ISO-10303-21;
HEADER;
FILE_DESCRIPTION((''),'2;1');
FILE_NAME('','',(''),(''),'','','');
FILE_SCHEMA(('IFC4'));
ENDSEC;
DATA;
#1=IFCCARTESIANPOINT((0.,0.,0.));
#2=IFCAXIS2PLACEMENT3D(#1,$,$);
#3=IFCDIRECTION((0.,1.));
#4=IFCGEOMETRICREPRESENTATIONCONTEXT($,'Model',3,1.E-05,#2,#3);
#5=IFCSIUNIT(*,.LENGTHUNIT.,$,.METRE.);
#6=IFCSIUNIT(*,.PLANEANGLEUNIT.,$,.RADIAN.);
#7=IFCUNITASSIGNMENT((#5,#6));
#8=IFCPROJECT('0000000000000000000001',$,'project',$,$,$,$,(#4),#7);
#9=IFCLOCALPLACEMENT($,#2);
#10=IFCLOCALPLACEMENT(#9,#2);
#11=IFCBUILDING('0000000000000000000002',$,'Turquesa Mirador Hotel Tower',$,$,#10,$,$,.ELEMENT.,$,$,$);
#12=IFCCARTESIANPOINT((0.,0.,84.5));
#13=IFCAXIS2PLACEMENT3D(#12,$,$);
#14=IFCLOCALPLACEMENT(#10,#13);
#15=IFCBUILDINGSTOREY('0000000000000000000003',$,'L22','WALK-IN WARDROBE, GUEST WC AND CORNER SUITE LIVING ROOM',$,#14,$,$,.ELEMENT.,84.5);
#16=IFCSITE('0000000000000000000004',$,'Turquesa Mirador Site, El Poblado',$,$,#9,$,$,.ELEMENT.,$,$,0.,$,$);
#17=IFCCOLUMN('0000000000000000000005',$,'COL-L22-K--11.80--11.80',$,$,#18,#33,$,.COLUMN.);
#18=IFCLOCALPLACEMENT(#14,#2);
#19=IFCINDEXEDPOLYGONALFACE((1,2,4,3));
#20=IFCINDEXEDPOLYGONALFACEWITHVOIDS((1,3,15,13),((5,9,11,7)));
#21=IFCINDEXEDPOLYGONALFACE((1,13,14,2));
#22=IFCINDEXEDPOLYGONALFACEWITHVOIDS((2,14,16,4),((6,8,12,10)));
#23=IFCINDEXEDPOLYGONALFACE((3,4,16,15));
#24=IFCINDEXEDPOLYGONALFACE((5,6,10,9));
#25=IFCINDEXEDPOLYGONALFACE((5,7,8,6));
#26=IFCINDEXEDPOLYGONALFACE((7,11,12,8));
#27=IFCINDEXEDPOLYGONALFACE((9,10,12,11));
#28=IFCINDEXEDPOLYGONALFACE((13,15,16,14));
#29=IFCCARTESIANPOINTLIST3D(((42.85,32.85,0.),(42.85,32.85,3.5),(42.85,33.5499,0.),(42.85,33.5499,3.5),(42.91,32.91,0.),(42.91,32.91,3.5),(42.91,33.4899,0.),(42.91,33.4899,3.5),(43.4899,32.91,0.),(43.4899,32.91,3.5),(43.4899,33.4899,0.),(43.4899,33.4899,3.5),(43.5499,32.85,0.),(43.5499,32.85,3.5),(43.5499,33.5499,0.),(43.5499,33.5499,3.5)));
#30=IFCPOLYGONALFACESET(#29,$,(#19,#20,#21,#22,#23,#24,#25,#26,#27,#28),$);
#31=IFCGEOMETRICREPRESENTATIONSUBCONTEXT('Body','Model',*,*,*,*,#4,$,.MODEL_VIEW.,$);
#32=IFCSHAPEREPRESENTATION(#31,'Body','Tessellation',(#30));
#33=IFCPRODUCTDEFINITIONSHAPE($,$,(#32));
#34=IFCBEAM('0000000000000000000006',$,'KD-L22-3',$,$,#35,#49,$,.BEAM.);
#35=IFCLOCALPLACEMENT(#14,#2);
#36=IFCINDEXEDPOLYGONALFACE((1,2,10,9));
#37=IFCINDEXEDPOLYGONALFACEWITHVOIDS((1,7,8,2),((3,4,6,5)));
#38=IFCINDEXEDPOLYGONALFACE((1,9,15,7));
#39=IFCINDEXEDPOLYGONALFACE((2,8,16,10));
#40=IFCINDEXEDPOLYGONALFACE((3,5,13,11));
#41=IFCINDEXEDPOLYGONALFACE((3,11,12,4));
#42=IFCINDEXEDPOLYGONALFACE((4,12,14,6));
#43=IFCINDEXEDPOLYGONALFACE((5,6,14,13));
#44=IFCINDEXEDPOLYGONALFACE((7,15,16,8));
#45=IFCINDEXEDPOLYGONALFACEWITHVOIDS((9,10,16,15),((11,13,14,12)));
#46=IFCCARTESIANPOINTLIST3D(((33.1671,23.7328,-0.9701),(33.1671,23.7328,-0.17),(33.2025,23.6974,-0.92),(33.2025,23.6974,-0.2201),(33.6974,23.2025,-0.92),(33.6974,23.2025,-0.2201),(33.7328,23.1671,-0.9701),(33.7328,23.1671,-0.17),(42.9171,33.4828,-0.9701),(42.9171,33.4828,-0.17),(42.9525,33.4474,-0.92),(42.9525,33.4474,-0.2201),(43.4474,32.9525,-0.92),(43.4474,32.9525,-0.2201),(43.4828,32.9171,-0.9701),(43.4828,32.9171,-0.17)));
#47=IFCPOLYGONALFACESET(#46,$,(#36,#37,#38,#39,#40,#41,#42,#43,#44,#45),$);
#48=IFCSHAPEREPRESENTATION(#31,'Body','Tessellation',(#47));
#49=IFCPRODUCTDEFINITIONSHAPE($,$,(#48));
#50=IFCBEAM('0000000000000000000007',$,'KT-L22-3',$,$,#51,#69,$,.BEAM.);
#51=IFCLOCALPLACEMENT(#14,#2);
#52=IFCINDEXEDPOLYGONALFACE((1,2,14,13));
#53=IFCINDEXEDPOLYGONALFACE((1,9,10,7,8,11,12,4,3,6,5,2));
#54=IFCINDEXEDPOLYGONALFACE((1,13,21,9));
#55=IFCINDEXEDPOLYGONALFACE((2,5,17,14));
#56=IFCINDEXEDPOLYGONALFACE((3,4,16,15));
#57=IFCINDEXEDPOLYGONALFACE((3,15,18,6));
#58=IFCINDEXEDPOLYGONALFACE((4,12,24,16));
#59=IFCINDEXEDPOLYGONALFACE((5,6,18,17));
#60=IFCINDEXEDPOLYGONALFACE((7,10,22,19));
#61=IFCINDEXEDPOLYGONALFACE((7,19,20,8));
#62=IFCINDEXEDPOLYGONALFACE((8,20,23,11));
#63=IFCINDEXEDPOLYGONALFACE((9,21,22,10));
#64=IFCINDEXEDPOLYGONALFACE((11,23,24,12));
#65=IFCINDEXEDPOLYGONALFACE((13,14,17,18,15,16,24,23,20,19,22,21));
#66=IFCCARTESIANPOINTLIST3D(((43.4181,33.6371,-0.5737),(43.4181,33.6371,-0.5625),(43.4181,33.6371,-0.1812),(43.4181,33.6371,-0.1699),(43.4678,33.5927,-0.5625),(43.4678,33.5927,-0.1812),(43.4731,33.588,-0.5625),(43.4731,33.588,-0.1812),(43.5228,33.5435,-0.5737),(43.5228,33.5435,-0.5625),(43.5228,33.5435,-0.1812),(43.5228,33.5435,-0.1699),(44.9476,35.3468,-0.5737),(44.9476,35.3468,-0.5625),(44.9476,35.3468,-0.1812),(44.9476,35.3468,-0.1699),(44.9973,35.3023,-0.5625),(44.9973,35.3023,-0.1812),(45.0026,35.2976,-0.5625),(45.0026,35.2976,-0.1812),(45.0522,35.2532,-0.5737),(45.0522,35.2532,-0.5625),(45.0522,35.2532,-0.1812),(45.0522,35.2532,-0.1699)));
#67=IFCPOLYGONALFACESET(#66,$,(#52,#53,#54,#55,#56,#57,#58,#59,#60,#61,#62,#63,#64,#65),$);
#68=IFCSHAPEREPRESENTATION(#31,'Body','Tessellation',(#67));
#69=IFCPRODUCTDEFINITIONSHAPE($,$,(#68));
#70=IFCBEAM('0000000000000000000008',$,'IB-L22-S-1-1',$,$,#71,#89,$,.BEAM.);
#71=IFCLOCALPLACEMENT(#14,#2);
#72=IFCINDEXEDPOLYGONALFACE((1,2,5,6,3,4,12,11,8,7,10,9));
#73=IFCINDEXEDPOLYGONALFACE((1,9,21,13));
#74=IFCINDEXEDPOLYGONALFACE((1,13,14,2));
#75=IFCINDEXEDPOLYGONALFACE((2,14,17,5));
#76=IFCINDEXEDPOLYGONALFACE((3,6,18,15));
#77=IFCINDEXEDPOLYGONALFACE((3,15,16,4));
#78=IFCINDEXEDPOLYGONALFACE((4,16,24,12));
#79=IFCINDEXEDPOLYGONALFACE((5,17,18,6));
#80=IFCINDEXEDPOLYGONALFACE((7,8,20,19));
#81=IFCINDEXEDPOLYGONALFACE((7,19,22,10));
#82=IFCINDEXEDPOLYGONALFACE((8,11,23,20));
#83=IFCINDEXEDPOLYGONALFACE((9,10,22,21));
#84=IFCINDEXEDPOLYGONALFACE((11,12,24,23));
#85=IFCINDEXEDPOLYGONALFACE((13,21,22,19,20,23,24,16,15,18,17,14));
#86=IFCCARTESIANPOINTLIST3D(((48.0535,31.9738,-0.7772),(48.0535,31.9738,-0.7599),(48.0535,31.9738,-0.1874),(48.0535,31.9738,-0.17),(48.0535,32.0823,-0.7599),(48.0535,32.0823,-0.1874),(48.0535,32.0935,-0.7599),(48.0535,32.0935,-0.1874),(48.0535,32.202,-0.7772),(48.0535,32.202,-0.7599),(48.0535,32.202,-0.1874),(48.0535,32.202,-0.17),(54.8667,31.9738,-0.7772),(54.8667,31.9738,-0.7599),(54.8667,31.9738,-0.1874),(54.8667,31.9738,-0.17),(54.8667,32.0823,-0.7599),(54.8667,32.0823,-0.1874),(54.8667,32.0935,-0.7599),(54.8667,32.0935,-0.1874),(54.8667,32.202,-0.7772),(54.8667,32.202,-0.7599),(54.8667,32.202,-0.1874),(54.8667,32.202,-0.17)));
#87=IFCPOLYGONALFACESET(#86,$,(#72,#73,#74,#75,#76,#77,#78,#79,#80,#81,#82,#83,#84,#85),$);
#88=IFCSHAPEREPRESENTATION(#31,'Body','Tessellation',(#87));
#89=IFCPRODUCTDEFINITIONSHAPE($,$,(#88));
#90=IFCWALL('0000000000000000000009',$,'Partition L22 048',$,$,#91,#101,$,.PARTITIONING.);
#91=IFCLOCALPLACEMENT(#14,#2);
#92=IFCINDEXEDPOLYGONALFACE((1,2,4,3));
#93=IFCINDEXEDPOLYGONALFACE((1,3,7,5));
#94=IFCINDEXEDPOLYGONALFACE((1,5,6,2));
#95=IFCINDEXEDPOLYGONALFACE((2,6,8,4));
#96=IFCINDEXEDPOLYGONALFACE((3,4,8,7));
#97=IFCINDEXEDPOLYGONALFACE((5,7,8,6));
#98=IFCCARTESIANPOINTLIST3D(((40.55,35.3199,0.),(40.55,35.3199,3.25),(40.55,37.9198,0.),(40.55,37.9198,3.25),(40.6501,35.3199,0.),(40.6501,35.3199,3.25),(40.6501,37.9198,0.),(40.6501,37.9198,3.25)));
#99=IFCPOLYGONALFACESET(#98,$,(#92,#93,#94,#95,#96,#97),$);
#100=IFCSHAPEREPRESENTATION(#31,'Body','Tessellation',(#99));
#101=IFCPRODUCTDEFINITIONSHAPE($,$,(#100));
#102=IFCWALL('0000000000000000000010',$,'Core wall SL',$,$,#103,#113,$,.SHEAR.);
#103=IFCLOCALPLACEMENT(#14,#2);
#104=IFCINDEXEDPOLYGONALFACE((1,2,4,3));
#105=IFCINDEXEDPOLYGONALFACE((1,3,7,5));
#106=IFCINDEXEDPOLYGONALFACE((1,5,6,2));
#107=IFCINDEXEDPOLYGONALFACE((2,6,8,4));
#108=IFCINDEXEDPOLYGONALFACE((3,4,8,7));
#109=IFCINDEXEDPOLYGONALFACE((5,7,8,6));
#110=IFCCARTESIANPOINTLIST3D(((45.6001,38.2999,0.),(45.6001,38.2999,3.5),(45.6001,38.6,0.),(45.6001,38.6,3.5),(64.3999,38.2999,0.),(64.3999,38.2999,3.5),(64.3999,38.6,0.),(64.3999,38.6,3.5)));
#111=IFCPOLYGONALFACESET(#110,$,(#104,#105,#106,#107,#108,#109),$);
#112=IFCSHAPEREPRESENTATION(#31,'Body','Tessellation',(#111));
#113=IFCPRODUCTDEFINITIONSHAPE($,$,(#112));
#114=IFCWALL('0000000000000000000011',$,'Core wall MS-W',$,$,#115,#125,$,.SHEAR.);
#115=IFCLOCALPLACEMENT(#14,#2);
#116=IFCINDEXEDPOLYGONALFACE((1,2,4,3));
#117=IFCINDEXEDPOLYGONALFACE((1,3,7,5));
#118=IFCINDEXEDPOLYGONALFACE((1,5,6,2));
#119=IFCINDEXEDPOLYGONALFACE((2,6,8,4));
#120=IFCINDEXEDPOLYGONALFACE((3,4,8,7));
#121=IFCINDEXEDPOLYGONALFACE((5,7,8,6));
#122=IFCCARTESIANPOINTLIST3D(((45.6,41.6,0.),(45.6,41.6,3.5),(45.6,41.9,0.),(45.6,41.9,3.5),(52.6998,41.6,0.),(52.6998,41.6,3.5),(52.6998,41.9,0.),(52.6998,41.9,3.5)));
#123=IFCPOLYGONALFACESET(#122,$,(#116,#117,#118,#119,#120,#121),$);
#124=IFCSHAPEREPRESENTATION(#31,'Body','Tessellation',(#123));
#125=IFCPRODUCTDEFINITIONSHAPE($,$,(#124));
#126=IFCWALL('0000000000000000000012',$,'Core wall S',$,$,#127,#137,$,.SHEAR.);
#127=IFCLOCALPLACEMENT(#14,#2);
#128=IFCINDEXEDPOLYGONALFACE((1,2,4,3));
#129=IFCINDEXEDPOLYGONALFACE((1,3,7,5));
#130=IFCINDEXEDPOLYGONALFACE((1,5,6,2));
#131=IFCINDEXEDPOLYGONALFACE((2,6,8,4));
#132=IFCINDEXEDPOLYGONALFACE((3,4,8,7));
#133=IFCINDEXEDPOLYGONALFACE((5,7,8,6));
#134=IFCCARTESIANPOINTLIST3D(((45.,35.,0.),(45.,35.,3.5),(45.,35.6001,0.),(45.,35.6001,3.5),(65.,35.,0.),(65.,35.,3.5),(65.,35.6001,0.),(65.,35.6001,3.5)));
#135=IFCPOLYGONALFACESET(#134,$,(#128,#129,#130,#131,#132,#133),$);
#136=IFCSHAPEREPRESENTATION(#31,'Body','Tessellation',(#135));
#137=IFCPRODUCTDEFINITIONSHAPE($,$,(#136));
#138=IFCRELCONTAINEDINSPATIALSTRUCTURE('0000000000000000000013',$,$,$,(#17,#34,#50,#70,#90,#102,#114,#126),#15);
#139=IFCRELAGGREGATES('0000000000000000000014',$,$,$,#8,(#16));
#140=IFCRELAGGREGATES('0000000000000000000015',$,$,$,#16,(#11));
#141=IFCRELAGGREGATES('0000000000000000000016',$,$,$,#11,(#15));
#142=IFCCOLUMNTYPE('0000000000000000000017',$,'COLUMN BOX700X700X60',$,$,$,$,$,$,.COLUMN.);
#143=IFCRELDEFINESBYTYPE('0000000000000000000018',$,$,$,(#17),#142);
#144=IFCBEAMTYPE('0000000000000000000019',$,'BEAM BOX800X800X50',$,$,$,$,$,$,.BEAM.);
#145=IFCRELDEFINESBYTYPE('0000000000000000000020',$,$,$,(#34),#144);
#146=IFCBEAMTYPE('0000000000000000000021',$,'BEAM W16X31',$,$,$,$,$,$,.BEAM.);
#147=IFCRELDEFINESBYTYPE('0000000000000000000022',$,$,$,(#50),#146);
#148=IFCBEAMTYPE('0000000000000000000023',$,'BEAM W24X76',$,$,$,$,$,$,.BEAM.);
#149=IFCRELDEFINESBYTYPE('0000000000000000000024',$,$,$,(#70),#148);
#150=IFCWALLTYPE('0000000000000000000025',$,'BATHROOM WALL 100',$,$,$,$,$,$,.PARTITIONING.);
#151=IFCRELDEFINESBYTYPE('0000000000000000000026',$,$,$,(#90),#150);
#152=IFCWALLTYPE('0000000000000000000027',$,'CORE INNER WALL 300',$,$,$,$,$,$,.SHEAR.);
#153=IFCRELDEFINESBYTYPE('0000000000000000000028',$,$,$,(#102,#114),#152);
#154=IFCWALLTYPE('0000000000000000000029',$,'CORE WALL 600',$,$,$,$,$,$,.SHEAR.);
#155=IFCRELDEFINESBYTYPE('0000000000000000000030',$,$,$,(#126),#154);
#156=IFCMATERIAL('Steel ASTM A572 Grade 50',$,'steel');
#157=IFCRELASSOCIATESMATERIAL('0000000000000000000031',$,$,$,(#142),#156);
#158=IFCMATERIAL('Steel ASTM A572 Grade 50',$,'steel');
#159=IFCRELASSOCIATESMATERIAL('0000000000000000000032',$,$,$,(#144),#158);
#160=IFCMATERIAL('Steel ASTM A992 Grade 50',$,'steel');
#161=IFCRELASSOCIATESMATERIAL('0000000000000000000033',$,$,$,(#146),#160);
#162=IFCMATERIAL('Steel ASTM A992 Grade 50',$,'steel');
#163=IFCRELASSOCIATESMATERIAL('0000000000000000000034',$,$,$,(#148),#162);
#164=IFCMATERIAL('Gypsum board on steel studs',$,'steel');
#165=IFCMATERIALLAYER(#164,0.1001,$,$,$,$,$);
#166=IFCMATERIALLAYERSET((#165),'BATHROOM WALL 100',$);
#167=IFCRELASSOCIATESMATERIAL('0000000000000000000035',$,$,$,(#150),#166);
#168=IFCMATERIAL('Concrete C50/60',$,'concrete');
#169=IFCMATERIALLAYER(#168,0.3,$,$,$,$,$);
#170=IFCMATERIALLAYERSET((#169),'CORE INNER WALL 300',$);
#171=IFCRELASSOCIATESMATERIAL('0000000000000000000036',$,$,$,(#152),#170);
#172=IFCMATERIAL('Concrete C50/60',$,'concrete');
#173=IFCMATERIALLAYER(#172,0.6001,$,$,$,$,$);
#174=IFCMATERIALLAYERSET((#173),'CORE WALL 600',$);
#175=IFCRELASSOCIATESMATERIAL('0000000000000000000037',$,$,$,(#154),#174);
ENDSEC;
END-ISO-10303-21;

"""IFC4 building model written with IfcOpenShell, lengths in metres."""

from ifc_helpers import new_model, si_unit, direction, frame, frame_2d, origin, origin_2d, place, context, subcontext, project, spatial, rectangle, hollow_rectangle, i_section, extrude, material, layer, layer_set, material_profile, profile_set, type_object, element, save


model = new_model("IFC4")

# Units and contexts
model_context = context("Model", 3, precision=1e-05, world=origin(), true_north=direction((0.0, 1.0)))
body_context = subcontext(model_context, "Body", "Model", "MODEL_VIEW")
ifc_project = project(units=[si_unit("LENGTHUNIT", "METRE"), si_unit("PLANEANGLEUNIT", "RADIAN")], contexts=[model_context])

# Site, building, storey
site_placement = place(None, origin())
site = spatial("IfcSite", under=ifc_project, at=site_placement, Name="Turquesa Mirador Site, El Poblado", CompositionType="ELEMENT", RefElevation=0.0)
building_placement = place(site_placement, origin())
building = spatial("IfcBuilding", under=site, at=building_placement, Name="Turquesa Mirador Hotel Tower", CompositionType="ELEMENT")
storey_placement = place(building_placement, frame((0.0, 0.0, 84.5)))
storey = spatial("IfcBuildingStorey", under=building, at=storey_placement, Name="L22", Description="WALK-IN WARDROBE, GUEST WC AND CORNER SUITE LIVING ROOM", CompositionType="ELEMENT", Elevation=84.5)

# Column
ifc_material_1 = material(Name="Steel ASTM A572 Grade 50", Category="steel")
ifc_material_profile_1 = material_profile(ifc_material_1, hollow_rectangle(XDim=0.7, YDim=0.7, WallThickness=0.0601, at=origin_2d()), Name="BOX700X700X60")
ifc_profile_set_1 = profile_set([ifc_material_profile_1], Name="Steel ASTM A572 Grade 50")
column_type = type_object("IfcColumnType", Name="COLUMN BOX700X700X60", PredefinedType="COLUMN", material=ifc_profile_set_1)
column_placement = place(storey_placement, frame((43.2, 33.2, 0.0), z_axis=(0.0, 0.0, 1.0), x_axis=(1.0, 0.0, 0.0)))
element("IfcColumn", 1, at=column_placement, inside=storey, type_object=column_type, Name="COL-L22-K--11.80--11.80", PredefinedType="COLUMN", context=body_context, shape_type="SweptSolid", body=[
    extrude(hollow_rectangle(XDim=0.7, YDim=0.7, WallThickness=0.0601, at=origin_2d()), origin(), (0.0, 0.0, 1.0), 3.5),
])

# Beams
ifc_material_2 = material(Name="Steel ASTM A572 Grade 50", Category="steel")
ifc_material_profile_2 = material_profile(ifc_material_2, hollow_rectangle(XDim=0.8, YDim=0.8, WallThickness=0.05, at=origin_2d()), Name="BOX800X800X50")
ifc_profile_set_2 = profile_set([ifc_material_profile_2], Name="Steel ASTM A572 Grade 50")
beam_type_1 = type_object("IfcBeamType", Name="BEAM BOX800X800X50", PredefinedType="BEAM", material=ifc_profile_set_2)
beam_1_placement = place(storey_placement, frame((43.2, 33.2, -0.5701), z_axis=(-0.707107, -0.707107, 0.0), x_axis=(0.707107, -0.707107, 0.0)))
element("IfcBeam", 2, at=beam_1_placement, inside=storey, type_object=beam_type_1, Name="KD-L22-3", PredefinedType="BEAM", context=body_context, shape_type="SweptSolid", body=[
    extrude(hollow_rectangle(XDim=0.8, YDim=0.8, WallThickness=0.05, at=origin_2d()), origin(), (0.0, 0.0, 1.0), 13.7886),
])
ifc_material_3 = material(Name="Steel ASTM A992 Grade 50", Category="steel")
ifc_material_profile_3 = material_profile(ifc_material_3, i_section(OverallWidth=0.1404, OverallDepth=0.4038, WebThickness=0.0071, FlangeThickness=0.0112, at=origin_2d()), Name="W16X31")
ifc_profile_set_3 = profile_set([ifc_material_profile_3], Name="Steel ASTM A992 Grade 50")
beam_type_2 = type_object("IfcBeamType", Name="BEAM W16X31", PredefinedType="BEAM", material=ifc_profile_set_3)
beam_2_placement = place(storey_placement, frame((43.4705, 33.5903, -0.3718), z_axis=(0.666745, 0.745286, 0.0), x_axis=(-0.745286, 0.666745, 0.0)))
element("IfcBeam", 3, at=beam_2_placement, inside=storey, type_object=beam_type_2, Name="KT-L22-3", PredefinedType="BEAM", context=body_context, shape_type="SweptSolid", body=[
    extrude(i_section(OverallWidth=0.1404, OverallDepth=0.4038, WebThickness=0.0071, FlangeThickness=0.0112, at=origin_2d()), origin(), (0.0, 0.0, 1.0), 2.2939),
])
ifc_material_4 = material(Name="Steel ASTM A992 Grade 50", Category="steel")
ifc_material_profile_4 = material_profile(ifc_material_4, i_section(OverallWidth=0.2283, OverallDepth=0.6072, WebThickness=0.0112, FlangeThickness=0.0173, at=origin_2d()), Name="W24X76")
ifc_profile_set_4 = profile_set([ifc_material_profile_4], Name="Steel ASTM A992 Grade 50")
beam_type_3 = type_object("IfcBeamType", Name="BEAM W24X76", PredefinedType="BEAM", material=ifc_profile_set_4)
beam_3_placement = place(storey_placement, frame((48.0535, 32.0879, -0.4736), z_axis=(1.0, 0.0, 0.0), x_axis=(0.0, 1.0, 0.0)))
element("IfcBeam", 4, at=beam_3_placement, inside=storey, type_object=beam_type_3, Name="IB-L22-S-1-1", PredefinedType="BEAM", context=body_context, shape_type="SweptSolid", body=[
    extrude(i_section(OverallWidth=0.2283, OverallDepth=0.6072, WebThickness=0.0112, FlangeThickness=0.0173, at=origin_2d()), origin(), (0.0, 0.0, 1.0), 6.8132),
])

# Walls
ifc_material_5 = material(Name="Gypsum board on steel studs", Category="steel")
ifc_layer_1 = layer(ifc_material_5, 0.1001)
ifc_layer_set_1 = layer_set([ifc_layer_1], Name="BATHROOM WALL 100")
wall_type_1 = type_object("IfcWallType", Name="BATHROOM WALL 100", PredefinedType="PARTITIONING", material=ifc_layer_set_1)
wall_1_placement = place(storey_placement, frame((40.6001, 35.3201, 0.0), z_axis=(0.0, 0.0, 1.0), x_axis=(0.0, 1.0, 0.0)))
element("IfcWall", 5, at=wall_1_placement, inside=storey, type_object=wall_type_1, Name="Partition L22 048", PredefinedType="PARTITIONING", context=body_context, shape_type="SweptSolid", body=[
    extrude(rectangle(XDim=2.5999, YDim=0.1001, at=frame_2d((1.2998, 0.0))), origin(), (0.0, 0.0, 1.0), 3.25),
])
ifc_material_6 = material(Name="Concrete C50/60", Category="concrete")
ifc_layer_2 = layer(ifc_material_6, 0.3)
ifc_layer_set_2 = layer_set([ifc_layer_2], Name="CORE INNER WALL 300")
wall_type_2 = type_object("IfcWallType", Name="CORE INNER WALL 300", PredefinedType="SHEAR", material=ifc_layer_set_2)
wall_2_placement = place(storey_placement, frame((45.6001, 38.45, 0.0), z_axis=(0.0, 0.0, 1.0), x_axis=(1.0, 0.0, 0.0)))
element("IfcWall", 6, at=wall_2_placement, inside=storey, type_object=wall_type_2, Name="Core wall SL", PredefinedType="SHEAR", context=body_context, shape_type="SweptSolid", body=[
    extrude(rectangle(XDim=18.7998, YDim=0.3, at=frame_2d((9.3999, 0.0))), origin(), (0.0, 0.0, 1.0), 3.5),
])
wall_3_placement = place(storey_placement, frame((45.6001, 41.75, 0.0), z_axis=(0.0, 0.0, 1.0), x_axis=(1.0, 0.0, 0.0)))
element("IfcWall", 7, at=wall_3_placement, inside=storey, type_object=wall_type_2, Name="Core wall MS-W", PredefinedType="SHEAR", context=body_context, shape_type="SweptSolid", body=[
    extrude(rectangle(XDim=7.0999, YDim=0.3, at=frame_2d((3.5498, 0.0))), origin(), (0.0, 0.0, 1.0), 3.5),
])
ifc_material_7 = material(Name="Concrete C50/60", Category="concrete")
ifc_layer_3 = layer(ifc_material_7, 0.6001)
ifc_layer_set_3 = layer_set([ifc_layer_3], Name="CORE WALL 600")
wall_type_3 = type_object("IfcWallType", Name="CORE WALL 600", PredefinedType="SHEAR", material=ifc_layer_set_3)
wall_4_placement = place(storey_placement, frame((45.0, 35.3, 0.0), z_axis=(0.0, 0.0, 1.0), x_axis=(1.0, 0.0, 0.0)))
element("IfcWall", 8, at=wall_4_placement, inside=storey, type_object=wall_type_3, Name="Core wall S", PredefinedType="SHEAR", context=body_context, shape_type="SweptSolid", body=[
    extrude(rectangle(XDim=20.0, YDim=0.6001, at=frame_2d((10.0, 0.0))), origin(), (0.0, 0.0, 1.0), 3.5),
])

save(model, "model.ifc")
